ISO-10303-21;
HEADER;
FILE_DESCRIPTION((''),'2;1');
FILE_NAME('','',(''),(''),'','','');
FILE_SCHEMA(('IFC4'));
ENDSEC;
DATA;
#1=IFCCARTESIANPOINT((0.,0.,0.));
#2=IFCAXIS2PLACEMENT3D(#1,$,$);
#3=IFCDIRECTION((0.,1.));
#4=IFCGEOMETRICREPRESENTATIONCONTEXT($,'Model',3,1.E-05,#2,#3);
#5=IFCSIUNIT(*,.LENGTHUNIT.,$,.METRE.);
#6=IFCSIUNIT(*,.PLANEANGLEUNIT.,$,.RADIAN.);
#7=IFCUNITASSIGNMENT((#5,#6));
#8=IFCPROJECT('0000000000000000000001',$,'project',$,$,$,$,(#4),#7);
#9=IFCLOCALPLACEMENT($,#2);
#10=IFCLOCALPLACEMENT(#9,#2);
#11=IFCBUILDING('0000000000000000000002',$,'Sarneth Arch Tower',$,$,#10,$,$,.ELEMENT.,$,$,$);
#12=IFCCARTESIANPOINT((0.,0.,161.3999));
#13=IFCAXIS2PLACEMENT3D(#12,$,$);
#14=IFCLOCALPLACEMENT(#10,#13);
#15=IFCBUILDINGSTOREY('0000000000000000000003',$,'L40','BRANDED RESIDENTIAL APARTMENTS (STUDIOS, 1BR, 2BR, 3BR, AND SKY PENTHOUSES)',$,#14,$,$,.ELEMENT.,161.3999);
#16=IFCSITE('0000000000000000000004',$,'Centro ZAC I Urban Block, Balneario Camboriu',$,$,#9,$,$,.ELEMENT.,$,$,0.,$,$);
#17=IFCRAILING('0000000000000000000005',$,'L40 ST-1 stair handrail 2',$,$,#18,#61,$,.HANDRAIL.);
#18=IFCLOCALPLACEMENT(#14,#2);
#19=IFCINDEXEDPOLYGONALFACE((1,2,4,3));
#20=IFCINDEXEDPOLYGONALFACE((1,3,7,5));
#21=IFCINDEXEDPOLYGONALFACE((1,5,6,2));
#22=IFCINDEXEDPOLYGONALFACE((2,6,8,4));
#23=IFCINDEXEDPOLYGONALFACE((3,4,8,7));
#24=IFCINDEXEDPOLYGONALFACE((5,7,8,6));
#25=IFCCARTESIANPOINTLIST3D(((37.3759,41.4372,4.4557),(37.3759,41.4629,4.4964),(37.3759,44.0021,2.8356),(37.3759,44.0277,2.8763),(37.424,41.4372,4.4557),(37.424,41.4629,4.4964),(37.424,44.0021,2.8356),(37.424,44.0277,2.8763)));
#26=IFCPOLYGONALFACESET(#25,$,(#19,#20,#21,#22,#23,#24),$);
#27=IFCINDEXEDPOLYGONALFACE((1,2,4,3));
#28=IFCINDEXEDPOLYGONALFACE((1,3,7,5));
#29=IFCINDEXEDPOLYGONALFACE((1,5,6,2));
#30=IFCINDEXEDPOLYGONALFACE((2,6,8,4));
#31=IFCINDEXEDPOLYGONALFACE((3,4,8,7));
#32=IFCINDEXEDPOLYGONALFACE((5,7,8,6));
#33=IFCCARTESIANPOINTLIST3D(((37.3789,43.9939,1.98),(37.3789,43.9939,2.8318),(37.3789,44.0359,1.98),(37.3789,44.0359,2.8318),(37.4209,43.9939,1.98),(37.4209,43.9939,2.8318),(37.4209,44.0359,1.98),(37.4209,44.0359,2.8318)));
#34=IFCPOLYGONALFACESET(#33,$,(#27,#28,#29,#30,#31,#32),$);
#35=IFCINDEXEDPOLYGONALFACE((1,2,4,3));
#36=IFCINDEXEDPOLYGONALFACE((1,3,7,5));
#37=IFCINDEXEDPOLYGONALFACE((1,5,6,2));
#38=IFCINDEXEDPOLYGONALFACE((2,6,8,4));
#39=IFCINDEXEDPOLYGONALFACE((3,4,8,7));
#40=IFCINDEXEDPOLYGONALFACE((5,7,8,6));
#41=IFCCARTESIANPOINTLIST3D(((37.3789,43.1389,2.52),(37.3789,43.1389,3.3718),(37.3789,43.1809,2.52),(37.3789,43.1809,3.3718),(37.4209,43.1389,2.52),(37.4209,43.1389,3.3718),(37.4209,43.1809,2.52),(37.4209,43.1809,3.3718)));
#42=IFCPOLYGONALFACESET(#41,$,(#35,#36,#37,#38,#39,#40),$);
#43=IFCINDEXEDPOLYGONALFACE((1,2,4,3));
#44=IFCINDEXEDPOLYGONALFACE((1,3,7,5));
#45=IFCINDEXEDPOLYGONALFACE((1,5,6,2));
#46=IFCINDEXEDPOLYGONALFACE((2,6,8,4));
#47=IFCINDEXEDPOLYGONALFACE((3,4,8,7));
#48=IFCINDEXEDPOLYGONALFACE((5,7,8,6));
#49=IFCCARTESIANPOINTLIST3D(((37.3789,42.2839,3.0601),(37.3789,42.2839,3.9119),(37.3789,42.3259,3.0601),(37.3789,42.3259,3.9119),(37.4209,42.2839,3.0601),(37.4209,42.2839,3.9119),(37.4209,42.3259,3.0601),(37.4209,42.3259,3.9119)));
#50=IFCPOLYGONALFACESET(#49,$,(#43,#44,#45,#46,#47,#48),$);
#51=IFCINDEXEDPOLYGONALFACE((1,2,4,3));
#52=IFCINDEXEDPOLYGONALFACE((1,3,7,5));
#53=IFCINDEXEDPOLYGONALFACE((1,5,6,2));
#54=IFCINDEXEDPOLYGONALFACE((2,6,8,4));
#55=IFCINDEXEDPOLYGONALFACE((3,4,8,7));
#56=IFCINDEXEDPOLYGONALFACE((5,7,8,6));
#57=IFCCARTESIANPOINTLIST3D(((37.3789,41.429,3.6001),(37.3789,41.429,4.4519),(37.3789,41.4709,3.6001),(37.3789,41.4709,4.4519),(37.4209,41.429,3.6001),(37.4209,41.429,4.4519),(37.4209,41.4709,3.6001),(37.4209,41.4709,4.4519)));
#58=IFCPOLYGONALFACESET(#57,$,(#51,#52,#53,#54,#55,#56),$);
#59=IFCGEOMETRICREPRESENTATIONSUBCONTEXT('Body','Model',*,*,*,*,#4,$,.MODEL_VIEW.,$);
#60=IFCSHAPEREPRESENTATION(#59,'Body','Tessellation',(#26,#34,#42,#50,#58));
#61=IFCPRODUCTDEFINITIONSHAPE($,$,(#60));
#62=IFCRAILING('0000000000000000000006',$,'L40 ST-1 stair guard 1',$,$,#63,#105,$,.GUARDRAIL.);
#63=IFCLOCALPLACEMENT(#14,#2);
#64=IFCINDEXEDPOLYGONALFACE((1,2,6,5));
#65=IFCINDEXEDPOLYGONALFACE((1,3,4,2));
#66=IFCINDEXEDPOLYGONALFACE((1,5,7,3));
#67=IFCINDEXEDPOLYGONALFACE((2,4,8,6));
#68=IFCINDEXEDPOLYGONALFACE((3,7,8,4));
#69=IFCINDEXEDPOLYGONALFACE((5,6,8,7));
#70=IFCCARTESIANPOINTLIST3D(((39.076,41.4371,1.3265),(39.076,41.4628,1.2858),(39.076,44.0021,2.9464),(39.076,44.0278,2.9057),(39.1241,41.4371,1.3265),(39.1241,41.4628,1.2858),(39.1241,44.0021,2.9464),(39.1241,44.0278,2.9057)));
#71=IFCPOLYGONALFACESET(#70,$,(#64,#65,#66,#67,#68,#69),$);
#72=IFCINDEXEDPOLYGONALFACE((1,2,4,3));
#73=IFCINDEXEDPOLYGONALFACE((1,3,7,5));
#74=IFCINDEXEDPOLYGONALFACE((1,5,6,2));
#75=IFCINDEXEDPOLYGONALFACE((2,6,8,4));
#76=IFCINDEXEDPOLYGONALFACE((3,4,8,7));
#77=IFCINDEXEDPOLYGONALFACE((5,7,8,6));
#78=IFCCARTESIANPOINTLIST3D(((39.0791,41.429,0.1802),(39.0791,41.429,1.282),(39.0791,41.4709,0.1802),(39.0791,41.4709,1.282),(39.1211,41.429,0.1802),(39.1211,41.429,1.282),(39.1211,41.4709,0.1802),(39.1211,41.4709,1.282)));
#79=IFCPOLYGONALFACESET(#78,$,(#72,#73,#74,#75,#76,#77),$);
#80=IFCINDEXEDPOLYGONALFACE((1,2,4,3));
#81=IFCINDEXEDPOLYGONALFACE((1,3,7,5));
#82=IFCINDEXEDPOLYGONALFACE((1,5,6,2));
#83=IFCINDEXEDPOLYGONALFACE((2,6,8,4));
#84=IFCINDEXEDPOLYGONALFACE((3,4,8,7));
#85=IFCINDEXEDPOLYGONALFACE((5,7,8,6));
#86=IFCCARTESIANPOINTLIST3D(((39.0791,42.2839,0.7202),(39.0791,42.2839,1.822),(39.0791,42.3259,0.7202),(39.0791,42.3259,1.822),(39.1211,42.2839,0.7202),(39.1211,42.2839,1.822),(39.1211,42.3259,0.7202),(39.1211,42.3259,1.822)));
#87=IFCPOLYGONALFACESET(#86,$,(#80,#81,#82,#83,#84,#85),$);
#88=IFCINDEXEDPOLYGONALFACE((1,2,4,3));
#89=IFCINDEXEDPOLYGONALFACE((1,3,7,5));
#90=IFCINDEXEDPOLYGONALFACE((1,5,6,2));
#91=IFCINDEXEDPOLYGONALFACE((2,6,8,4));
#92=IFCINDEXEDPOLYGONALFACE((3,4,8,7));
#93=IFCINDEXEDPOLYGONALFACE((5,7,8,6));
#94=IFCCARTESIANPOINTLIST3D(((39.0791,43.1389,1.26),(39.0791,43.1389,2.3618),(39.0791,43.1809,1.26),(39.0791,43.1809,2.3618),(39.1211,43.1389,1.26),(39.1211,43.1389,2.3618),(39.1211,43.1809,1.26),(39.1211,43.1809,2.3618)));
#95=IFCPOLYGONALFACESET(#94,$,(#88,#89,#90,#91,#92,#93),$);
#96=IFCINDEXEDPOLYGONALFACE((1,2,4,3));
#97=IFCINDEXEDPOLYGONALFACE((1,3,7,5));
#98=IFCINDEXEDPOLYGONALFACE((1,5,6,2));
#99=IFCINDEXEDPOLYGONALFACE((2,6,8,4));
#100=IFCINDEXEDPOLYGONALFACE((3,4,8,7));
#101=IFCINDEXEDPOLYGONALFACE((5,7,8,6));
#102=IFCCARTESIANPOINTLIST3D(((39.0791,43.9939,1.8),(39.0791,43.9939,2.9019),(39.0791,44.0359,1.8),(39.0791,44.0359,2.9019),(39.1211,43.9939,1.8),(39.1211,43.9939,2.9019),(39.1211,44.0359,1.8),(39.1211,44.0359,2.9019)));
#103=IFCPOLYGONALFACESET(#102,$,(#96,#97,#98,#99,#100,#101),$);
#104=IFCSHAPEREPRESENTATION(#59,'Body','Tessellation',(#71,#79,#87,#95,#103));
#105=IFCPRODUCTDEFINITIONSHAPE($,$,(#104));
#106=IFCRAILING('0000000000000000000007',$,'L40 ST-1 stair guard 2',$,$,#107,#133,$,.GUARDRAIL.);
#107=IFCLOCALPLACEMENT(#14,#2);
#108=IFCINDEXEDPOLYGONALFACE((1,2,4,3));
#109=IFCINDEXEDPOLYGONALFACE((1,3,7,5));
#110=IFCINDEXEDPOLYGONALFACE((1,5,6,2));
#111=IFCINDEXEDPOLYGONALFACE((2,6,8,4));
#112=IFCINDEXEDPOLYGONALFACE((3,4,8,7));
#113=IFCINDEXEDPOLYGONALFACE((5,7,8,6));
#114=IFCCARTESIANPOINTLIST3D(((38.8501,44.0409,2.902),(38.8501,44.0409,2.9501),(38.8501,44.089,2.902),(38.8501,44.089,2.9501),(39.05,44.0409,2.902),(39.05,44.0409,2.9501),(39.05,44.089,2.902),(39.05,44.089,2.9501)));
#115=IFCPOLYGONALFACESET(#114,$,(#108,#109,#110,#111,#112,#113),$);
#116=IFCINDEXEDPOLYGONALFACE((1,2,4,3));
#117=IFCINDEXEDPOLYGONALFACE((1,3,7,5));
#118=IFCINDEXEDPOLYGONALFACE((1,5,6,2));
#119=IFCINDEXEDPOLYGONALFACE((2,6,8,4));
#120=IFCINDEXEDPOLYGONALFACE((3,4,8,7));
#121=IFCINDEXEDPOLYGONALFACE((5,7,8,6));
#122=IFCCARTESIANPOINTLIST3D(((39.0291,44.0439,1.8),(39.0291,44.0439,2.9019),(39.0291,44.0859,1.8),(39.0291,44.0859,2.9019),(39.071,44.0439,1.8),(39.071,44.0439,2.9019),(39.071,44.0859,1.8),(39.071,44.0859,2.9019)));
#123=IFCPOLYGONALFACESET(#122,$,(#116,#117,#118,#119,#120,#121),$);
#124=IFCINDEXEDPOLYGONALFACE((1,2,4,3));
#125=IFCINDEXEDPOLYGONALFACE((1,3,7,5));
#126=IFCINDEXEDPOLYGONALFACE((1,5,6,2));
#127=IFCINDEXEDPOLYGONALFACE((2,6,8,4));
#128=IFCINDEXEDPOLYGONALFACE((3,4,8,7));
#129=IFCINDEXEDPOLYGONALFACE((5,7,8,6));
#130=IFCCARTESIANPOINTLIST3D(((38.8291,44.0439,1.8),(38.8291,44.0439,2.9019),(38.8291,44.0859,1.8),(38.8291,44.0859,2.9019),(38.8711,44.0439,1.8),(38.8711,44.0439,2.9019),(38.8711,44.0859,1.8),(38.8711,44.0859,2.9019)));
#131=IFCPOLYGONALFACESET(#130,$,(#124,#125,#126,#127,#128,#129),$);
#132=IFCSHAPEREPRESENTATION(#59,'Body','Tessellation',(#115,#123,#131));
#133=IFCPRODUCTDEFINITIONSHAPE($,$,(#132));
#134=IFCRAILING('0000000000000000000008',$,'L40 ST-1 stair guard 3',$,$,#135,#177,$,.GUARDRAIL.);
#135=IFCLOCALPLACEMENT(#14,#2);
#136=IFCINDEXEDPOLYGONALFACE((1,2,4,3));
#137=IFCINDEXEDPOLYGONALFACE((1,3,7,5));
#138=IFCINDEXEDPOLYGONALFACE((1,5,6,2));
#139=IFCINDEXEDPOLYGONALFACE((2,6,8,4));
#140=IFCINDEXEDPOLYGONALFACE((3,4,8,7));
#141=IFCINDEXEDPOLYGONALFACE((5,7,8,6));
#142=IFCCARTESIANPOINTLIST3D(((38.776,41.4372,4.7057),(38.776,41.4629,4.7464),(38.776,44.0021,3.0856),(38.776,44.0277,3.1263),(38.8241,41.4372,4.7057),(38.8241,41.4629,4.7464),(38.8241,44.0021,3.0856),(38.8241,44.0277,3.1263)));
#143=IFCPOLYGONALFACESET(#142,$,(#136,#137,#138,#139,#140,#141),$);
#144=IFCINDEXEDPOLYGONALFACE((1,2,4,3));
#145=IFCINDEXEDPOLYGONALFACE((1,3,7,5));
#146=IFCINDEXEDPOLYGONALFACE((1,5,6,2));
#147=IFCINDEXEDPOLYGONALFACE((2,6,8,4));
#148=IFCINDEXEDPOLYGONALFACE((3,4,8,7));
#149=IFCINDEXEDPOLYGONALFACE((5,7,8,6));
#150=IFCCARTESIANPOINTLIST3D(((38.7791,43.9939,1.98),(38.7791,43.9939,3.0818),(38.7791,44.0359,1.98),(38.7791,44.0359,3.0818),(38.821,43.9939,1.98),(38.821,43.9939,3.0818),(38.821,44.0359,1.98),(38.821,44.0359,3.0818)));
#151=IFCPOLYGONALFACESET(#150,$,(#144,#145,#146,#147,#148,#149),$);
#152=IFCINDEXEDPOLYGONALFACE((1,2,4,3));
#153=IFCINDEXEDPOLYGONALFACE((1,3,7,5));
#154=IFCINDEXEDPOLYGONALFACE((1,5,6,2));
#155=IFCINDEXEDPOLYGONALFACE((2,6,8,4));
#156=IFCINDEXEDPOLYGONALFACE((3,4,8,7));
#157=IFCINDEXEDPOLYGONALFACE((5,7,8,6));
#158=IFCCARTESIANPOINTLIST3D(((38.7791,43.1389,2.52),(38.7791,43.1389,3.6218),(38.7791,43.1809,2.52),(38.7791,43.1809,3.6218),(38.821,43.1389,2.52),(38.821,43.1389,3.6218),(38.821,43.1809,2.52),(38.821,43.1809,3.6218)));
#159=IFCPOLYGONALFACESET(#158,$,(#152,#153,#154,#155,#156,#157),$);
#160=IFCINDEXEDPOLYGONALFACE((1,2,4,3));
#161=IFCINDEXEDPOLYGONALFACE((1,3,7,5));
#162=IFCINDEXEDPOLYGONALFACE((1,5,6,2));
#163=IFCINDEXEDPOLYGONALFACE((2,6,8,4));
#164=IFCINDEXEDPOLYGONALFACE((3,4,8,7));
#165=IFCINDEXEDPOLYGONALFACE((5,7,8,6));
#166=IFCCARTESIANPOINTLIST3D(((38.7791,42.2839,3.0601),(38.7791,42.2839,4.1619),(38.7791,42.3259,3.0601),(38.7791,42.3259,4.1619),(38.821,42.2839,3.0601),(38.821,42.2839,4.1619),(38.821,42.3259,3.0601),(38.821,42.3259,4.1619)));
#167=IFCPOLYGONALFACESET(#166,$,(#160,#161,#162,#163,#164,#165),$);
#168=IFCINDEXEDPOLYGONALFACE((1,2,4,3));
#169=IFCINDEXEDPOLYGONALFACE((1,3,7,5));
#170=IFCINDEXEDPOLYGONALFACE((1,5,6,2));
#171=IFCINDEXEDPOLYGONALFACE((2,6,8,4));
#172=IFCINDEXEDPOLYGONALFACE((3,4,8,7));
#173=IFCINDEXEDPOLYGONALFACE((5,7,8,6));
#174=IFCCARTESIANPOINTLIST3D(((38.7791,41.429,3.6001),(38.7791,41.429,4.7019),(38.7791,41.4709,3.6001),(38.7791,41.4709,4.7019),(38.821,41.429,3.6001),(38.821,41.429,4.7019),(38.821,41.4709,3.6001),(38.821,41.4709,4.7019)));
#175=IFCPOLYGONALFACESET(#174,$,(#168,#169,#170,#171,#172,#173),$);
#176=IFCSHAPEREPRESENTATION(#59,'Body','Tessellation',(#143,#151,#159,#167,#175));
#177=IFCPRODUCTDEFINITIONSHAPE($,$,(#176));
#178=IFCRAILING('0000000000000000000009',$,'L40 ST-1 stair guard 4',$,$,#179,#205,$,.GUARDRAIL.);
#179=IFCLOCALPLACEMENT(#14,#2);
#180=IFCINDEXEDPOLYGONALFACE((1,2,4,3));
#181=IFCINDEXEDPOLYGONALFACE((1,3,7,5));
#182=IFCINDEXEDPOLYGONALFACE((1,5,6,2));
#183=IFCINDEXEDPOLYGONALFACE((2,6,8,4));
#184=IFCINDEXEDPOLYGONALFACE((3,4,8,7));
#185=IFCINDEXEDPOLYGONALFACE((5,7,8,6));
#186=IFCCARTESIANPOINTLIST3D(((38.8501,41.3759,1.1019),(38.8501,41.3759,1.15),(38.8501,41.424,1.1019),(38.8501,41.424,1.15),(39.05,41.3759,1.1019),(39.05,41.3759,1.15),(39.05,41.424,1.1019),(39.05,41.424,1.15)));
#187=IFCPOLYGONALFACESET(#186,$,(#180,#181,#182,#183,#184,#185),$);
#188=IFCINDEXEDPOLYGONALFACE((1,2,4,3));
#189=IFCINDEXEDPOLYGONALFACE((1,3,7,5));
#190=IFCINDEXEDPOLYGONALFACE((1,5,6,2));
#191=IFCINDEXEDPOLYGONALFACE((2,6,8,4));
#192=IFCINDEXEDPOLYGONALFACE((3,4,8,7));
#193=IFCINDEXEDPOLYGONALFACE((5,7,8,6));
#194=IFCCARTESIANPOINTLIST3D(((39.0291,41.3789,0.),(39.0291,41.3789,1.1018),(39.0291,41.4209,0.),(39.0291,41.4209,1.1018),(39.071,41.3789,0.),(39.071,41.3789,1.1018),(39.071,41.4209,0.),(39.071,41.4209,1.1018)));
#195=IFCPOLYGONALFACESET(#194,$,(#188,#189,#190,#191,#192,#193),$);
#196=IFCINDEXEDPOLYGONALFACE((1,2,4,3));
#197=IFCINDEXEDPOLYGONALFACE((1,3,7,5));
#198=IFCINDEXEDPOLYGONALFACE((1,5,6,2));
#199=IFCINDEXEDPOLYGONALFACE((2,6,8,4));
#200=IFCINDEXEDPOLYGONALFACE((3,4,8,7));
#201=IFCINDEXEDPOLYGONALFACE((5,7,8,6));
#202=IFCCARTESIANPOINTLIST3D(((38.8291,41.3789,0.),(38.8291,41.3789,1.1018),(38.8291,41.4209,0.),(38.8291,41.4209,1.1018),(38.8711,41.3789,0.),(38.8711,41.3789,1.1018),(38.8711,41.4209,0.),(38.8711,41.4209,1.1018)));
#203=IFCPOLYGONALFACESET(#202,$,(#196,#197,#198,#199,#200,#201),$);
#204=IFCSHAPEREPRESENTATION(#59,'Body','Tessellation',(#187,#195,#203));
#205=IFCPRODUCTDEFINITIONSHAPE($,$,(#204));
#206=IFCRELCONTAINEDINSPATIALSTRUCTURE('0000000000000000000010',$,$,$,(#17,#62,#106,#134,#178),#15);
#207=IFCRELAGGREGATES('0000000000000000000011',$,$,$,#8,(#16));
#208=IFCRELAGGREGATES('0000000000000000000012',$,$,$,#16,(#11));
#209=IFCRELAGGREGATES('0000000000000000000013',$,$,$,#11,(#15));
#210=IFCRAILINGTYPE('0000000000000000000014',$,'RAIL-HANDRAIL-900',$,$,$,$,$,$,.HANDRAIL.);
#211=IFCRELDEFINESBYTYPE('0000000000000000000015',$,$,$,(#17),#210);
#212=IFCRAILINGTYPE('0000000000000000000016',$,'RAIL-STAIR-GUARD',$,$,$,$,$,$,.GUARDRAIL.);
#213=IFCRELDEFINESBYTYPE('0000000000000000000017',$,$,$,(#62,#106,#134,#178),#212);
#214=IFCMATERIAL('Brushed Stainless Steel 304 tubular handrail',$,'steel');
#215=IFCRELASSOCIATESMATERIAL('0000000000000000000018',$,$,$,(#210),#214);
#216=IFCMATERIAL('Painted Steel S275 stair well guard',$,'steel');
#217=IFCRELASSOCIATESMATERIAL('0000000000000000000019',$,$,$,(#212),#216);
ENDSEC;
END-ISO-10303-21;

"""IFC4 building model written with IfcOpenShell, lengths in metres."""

from ifc_helpers import new_model, si_unit, direction, frame, origin, origin_2d, place, context, subcontext, project, spatial, rectangle, extrude, material, type_object, element, save


model = new_model("IFC4")

# Units and contexts
model_context = context("Model", 3, precision=1e-05, world=origin(), true_north=direction((0.0, 1.0)))
body_context = subcontext(model_context, "Body", "Model", "MODEL_VIEW")
ifc_project = project(units=[si_unit("LENGTHUNIT", "METRE"), si_unit("PLANEANGLEUNIT", "RADIAN")], contexts=[model_context])

# Site, building, storey
site_placement = place(None, origin())
site = spatial("IfcSite", under=ifc_project, at=site_placement, Name="Centro ZAC I Urban Block, Balneario Camboriu", CompositionType="ELEMENT", RefElevation=0.0)
building_placement = place(site_placement, origin())
building = spatial("IfcBuilding", under=site, at=building_placement, Name="Sarneth Arch Tower", CompositionType="ELEMENT")
storey_placement = place(building_placement, frame((0.0, 0.0, 161.3999)))
storey = spatial("IfcBuildingStorey", under=building, at=storey_placement, Name="L40", Description="BRANDED RESIDENTIAL APARTMENTS (STUDIOS, 1BR, 2BR, 3BR, AND SKY PENTHOUSES)", CompositionType="ELEMENT", Elevation=161.3999)

# Railings
ifc_material_1 = material(Name="Brushed Stainless Steel 304 tubular handrail", Category="steel")
railing_type_1 = type_object("IfcRailingType", Name="RAIL-HANDRAIL-900", PredefinedType="HANDRAIL", material=ifc_material_1)
railing_1_placement = place(storey_placement, frame((37.3999, 44.0149, 1.98)))
element("IfcRailing", 1, at=railing_1_placement, inside=storey, type_object=railing_type_1, Name="L40 ST-1 stair handrail 2", PredefinedType="HANDRAIL", context=body_context, shape_type="SweptSolid", body=[
    extrude(rectangle(XDim=0.0481, YDim=0.0481, at=origin_2d()), frame((0.0, 0.0, 0.876), z_axis=(0.0, -0.845466, 0.534029), x_axis=(1.0, 0.0, 0.0)), (0.0, 0.0, 1.0), 3.0337),
    extrude(rectangle(XDim=0.042, YDim=0.042, at=origin_2d()), origin(), (0.0, 0.0, 1.0), 0.8518),
    extrude(rectangle(XDim=0.042, YDim=0.042, at=origin_2d()), frame((0.0, -0.855, 0.54)), (0.0, 0.0, 1.0), 0.8518),
    extrude(rectangle(XDim=0.042, YDim=0.042, at=origin_2d()), frame((0.0, -1.71, 1.0801)), (0.0, 0.0, 1.0), 0.8518),
    extrude(rectangle(XDim=0.042, YDim=0.042, at=origin_2d()), frame((0.0, -2.5649, 1.6201)), (0.0, 0.0, 1.0), 0.8518),
])
ifc_material_2 = material(Name="Painted Steel S275 stair well guard", Category="steel")
railing_type_2 = type_object("IfcRailingType", Name="RAIL-STAIR-GUARD", PredefinedType="GUARDRAIL", material=ifc_material_2)
railing_2_placement = place(storey_placement, frame((39.1001, 41.45, 0.1802)))
element("IfcRailing", 2, at=railing_2_placement, inside=storey, type_object=railing_type_2, Name="L40 ST-1 stair guard 1", PredefinedType="GUARDRAIL", context=body_context, shape_type="SweptSolid", body=[
    extrude(rectangle(XDim=0.0481, YDim=0.0481, at=origin_2d()), frame((0.0, 0.0, 1.126), z_axis=(0.0, 0.845502, 0.533972), x_axis=(-1.0, 0.0, 0.0)), (0.0, 0.0, 1.0), 3.0337),
    extrude(rectangle(XDim=0.042, YDim=0.042, at=origin_2d()), origin(), (0.0, 0.0, 1.0), 1.1018),
    extrude(rectangle(XDim=0.042, YDim=0.042, at=origin_2d()), frame((0.0, 0.855, 0.54)), (0.0, 0.0, 1.0), 1.1018),
    extrude(rectangle(XDim=0.042, YDim=0.042, at=origin_2d()), frame((0.0, 1.71, 1.0798)), (0.0, 0.0, 1.0), 1.1018),
    extrude(rectangle(XDim=0.042, YDim=0.042, at=origin_2d()), frame((0.0, 2.5649, 1.6199)), (0.0, 0.0, 1.0), 1.1018),
])
railing_3_placement = place(storey_placement, frame((39.05, 44.0649, 1.8)))
element("IfcRailing", 3, at=railing_3_placement, inside=storey, type_object=railing_type_2, Name="L40 ST-1 stair guard 2", PredefinedType="GUARDRAIL", context=body_context, shape_type="SweptSolid", body=[
    extrude(rectangle(XDim=0.0481, YDim=0.0481, at=origin_2d()), frame((0.0, 0.0, 1.126), z_axis=(-1.0, 0.0, 0.0), x_axis=(0.0, -1.0, 0.0)), (0.0, 0.0, 1.0), 0.2),
    extrude(rectangle(XDim=0.042, YDim=0.042, at=origin_2d()), origin(), (0.0, 0.0, 1.0), 1.1018),
    extrude(rectangle(XDim=0.042, YDim=0.042, at=origin_2d()), frame((-0.2, 0.0, 0.0)), (0.0, 0.0, 1.0), 1.1018),
])
railing_4_placement = place(storey_placement, frame((38.8, 44.0149, 1.98)))
element("IfcRailing", 4, at=railing_4_placement, inside=storey, type_object=railing_type_2, Name="L40 ST-1 stair guard 3", PredefinedType="GUARDRAIL", context=body_context, shape_type="SweptSolid", body=[
    extrude(rectangle(XDim=0.0481, YDim=0.0481, at=origin_2d()), frame((0.0, 0.0, 1.126), z_axis=(0.0, -0.845466, 0.534029), x_axis=(1.0, 0.0, 0.0)), (0.0, 0.0, 1.0), 3.0337),
    extrude(rectangle(XDim=0.042, YDim=0.042, at=origin_2d()), origin(), (0.0, 0.0, 1.0), 1.1018),
    extrude(rectangle(XDim=0.042, YDim=0.042, at=origin_2d()), frame((0.0, -0.855, 0.54)), (0.0, 0.0, 1.0), 1.1018),
    extrude(rectangle(XDim=0.042, YDim=0.042, at=origin_2d()), frame((0.0, -1.71, 1.0801)), (0.0, 0.0, 1.0), 1.1018),
    extrude(rectangle(XDim=0.042, YDim=0.042, at=origin_2d()), frame((0.0, -2.5649, 1.6201)), (0.0, 0.0, 1.0), 1.1018),
])
railing_5_placement = place(storey_placement, frame((39.05, 41.3999, 0.0)))
element("IfcRailing", 5, at=railing_5_placement, inside=storey, type_object=railing_type_2, Name="L40 ST-1 stair guard 4", PredefinedType="GUARDRAIL", context=body_context, shape_type="SweptSolid", body=[
    extrude(rectangle(XDim=0.0481, YDim=0.0481, at=origin_2d()), frame((0.0, 0.0, 1.126), z_axis=(-1.0, 0.0, 0.0), x_axis=(0.0, -1.0, 0.0)), (0.0, 0.0, 1.0), 0.2),
    extrude(rectangle(XDim=0.042, YDim=0.042, at=origin_2d()), origin(), (0.0, 0.0, 1.0), 1.1018),
    extrude(rectangle(XDim=0.042, YDim=0.042, at=origin_2d()), frame((-0.2, 0.0, 0.0)), (0.0, 0.0, 1.0), 1.1018),
])

save(model, "model.ifc")
